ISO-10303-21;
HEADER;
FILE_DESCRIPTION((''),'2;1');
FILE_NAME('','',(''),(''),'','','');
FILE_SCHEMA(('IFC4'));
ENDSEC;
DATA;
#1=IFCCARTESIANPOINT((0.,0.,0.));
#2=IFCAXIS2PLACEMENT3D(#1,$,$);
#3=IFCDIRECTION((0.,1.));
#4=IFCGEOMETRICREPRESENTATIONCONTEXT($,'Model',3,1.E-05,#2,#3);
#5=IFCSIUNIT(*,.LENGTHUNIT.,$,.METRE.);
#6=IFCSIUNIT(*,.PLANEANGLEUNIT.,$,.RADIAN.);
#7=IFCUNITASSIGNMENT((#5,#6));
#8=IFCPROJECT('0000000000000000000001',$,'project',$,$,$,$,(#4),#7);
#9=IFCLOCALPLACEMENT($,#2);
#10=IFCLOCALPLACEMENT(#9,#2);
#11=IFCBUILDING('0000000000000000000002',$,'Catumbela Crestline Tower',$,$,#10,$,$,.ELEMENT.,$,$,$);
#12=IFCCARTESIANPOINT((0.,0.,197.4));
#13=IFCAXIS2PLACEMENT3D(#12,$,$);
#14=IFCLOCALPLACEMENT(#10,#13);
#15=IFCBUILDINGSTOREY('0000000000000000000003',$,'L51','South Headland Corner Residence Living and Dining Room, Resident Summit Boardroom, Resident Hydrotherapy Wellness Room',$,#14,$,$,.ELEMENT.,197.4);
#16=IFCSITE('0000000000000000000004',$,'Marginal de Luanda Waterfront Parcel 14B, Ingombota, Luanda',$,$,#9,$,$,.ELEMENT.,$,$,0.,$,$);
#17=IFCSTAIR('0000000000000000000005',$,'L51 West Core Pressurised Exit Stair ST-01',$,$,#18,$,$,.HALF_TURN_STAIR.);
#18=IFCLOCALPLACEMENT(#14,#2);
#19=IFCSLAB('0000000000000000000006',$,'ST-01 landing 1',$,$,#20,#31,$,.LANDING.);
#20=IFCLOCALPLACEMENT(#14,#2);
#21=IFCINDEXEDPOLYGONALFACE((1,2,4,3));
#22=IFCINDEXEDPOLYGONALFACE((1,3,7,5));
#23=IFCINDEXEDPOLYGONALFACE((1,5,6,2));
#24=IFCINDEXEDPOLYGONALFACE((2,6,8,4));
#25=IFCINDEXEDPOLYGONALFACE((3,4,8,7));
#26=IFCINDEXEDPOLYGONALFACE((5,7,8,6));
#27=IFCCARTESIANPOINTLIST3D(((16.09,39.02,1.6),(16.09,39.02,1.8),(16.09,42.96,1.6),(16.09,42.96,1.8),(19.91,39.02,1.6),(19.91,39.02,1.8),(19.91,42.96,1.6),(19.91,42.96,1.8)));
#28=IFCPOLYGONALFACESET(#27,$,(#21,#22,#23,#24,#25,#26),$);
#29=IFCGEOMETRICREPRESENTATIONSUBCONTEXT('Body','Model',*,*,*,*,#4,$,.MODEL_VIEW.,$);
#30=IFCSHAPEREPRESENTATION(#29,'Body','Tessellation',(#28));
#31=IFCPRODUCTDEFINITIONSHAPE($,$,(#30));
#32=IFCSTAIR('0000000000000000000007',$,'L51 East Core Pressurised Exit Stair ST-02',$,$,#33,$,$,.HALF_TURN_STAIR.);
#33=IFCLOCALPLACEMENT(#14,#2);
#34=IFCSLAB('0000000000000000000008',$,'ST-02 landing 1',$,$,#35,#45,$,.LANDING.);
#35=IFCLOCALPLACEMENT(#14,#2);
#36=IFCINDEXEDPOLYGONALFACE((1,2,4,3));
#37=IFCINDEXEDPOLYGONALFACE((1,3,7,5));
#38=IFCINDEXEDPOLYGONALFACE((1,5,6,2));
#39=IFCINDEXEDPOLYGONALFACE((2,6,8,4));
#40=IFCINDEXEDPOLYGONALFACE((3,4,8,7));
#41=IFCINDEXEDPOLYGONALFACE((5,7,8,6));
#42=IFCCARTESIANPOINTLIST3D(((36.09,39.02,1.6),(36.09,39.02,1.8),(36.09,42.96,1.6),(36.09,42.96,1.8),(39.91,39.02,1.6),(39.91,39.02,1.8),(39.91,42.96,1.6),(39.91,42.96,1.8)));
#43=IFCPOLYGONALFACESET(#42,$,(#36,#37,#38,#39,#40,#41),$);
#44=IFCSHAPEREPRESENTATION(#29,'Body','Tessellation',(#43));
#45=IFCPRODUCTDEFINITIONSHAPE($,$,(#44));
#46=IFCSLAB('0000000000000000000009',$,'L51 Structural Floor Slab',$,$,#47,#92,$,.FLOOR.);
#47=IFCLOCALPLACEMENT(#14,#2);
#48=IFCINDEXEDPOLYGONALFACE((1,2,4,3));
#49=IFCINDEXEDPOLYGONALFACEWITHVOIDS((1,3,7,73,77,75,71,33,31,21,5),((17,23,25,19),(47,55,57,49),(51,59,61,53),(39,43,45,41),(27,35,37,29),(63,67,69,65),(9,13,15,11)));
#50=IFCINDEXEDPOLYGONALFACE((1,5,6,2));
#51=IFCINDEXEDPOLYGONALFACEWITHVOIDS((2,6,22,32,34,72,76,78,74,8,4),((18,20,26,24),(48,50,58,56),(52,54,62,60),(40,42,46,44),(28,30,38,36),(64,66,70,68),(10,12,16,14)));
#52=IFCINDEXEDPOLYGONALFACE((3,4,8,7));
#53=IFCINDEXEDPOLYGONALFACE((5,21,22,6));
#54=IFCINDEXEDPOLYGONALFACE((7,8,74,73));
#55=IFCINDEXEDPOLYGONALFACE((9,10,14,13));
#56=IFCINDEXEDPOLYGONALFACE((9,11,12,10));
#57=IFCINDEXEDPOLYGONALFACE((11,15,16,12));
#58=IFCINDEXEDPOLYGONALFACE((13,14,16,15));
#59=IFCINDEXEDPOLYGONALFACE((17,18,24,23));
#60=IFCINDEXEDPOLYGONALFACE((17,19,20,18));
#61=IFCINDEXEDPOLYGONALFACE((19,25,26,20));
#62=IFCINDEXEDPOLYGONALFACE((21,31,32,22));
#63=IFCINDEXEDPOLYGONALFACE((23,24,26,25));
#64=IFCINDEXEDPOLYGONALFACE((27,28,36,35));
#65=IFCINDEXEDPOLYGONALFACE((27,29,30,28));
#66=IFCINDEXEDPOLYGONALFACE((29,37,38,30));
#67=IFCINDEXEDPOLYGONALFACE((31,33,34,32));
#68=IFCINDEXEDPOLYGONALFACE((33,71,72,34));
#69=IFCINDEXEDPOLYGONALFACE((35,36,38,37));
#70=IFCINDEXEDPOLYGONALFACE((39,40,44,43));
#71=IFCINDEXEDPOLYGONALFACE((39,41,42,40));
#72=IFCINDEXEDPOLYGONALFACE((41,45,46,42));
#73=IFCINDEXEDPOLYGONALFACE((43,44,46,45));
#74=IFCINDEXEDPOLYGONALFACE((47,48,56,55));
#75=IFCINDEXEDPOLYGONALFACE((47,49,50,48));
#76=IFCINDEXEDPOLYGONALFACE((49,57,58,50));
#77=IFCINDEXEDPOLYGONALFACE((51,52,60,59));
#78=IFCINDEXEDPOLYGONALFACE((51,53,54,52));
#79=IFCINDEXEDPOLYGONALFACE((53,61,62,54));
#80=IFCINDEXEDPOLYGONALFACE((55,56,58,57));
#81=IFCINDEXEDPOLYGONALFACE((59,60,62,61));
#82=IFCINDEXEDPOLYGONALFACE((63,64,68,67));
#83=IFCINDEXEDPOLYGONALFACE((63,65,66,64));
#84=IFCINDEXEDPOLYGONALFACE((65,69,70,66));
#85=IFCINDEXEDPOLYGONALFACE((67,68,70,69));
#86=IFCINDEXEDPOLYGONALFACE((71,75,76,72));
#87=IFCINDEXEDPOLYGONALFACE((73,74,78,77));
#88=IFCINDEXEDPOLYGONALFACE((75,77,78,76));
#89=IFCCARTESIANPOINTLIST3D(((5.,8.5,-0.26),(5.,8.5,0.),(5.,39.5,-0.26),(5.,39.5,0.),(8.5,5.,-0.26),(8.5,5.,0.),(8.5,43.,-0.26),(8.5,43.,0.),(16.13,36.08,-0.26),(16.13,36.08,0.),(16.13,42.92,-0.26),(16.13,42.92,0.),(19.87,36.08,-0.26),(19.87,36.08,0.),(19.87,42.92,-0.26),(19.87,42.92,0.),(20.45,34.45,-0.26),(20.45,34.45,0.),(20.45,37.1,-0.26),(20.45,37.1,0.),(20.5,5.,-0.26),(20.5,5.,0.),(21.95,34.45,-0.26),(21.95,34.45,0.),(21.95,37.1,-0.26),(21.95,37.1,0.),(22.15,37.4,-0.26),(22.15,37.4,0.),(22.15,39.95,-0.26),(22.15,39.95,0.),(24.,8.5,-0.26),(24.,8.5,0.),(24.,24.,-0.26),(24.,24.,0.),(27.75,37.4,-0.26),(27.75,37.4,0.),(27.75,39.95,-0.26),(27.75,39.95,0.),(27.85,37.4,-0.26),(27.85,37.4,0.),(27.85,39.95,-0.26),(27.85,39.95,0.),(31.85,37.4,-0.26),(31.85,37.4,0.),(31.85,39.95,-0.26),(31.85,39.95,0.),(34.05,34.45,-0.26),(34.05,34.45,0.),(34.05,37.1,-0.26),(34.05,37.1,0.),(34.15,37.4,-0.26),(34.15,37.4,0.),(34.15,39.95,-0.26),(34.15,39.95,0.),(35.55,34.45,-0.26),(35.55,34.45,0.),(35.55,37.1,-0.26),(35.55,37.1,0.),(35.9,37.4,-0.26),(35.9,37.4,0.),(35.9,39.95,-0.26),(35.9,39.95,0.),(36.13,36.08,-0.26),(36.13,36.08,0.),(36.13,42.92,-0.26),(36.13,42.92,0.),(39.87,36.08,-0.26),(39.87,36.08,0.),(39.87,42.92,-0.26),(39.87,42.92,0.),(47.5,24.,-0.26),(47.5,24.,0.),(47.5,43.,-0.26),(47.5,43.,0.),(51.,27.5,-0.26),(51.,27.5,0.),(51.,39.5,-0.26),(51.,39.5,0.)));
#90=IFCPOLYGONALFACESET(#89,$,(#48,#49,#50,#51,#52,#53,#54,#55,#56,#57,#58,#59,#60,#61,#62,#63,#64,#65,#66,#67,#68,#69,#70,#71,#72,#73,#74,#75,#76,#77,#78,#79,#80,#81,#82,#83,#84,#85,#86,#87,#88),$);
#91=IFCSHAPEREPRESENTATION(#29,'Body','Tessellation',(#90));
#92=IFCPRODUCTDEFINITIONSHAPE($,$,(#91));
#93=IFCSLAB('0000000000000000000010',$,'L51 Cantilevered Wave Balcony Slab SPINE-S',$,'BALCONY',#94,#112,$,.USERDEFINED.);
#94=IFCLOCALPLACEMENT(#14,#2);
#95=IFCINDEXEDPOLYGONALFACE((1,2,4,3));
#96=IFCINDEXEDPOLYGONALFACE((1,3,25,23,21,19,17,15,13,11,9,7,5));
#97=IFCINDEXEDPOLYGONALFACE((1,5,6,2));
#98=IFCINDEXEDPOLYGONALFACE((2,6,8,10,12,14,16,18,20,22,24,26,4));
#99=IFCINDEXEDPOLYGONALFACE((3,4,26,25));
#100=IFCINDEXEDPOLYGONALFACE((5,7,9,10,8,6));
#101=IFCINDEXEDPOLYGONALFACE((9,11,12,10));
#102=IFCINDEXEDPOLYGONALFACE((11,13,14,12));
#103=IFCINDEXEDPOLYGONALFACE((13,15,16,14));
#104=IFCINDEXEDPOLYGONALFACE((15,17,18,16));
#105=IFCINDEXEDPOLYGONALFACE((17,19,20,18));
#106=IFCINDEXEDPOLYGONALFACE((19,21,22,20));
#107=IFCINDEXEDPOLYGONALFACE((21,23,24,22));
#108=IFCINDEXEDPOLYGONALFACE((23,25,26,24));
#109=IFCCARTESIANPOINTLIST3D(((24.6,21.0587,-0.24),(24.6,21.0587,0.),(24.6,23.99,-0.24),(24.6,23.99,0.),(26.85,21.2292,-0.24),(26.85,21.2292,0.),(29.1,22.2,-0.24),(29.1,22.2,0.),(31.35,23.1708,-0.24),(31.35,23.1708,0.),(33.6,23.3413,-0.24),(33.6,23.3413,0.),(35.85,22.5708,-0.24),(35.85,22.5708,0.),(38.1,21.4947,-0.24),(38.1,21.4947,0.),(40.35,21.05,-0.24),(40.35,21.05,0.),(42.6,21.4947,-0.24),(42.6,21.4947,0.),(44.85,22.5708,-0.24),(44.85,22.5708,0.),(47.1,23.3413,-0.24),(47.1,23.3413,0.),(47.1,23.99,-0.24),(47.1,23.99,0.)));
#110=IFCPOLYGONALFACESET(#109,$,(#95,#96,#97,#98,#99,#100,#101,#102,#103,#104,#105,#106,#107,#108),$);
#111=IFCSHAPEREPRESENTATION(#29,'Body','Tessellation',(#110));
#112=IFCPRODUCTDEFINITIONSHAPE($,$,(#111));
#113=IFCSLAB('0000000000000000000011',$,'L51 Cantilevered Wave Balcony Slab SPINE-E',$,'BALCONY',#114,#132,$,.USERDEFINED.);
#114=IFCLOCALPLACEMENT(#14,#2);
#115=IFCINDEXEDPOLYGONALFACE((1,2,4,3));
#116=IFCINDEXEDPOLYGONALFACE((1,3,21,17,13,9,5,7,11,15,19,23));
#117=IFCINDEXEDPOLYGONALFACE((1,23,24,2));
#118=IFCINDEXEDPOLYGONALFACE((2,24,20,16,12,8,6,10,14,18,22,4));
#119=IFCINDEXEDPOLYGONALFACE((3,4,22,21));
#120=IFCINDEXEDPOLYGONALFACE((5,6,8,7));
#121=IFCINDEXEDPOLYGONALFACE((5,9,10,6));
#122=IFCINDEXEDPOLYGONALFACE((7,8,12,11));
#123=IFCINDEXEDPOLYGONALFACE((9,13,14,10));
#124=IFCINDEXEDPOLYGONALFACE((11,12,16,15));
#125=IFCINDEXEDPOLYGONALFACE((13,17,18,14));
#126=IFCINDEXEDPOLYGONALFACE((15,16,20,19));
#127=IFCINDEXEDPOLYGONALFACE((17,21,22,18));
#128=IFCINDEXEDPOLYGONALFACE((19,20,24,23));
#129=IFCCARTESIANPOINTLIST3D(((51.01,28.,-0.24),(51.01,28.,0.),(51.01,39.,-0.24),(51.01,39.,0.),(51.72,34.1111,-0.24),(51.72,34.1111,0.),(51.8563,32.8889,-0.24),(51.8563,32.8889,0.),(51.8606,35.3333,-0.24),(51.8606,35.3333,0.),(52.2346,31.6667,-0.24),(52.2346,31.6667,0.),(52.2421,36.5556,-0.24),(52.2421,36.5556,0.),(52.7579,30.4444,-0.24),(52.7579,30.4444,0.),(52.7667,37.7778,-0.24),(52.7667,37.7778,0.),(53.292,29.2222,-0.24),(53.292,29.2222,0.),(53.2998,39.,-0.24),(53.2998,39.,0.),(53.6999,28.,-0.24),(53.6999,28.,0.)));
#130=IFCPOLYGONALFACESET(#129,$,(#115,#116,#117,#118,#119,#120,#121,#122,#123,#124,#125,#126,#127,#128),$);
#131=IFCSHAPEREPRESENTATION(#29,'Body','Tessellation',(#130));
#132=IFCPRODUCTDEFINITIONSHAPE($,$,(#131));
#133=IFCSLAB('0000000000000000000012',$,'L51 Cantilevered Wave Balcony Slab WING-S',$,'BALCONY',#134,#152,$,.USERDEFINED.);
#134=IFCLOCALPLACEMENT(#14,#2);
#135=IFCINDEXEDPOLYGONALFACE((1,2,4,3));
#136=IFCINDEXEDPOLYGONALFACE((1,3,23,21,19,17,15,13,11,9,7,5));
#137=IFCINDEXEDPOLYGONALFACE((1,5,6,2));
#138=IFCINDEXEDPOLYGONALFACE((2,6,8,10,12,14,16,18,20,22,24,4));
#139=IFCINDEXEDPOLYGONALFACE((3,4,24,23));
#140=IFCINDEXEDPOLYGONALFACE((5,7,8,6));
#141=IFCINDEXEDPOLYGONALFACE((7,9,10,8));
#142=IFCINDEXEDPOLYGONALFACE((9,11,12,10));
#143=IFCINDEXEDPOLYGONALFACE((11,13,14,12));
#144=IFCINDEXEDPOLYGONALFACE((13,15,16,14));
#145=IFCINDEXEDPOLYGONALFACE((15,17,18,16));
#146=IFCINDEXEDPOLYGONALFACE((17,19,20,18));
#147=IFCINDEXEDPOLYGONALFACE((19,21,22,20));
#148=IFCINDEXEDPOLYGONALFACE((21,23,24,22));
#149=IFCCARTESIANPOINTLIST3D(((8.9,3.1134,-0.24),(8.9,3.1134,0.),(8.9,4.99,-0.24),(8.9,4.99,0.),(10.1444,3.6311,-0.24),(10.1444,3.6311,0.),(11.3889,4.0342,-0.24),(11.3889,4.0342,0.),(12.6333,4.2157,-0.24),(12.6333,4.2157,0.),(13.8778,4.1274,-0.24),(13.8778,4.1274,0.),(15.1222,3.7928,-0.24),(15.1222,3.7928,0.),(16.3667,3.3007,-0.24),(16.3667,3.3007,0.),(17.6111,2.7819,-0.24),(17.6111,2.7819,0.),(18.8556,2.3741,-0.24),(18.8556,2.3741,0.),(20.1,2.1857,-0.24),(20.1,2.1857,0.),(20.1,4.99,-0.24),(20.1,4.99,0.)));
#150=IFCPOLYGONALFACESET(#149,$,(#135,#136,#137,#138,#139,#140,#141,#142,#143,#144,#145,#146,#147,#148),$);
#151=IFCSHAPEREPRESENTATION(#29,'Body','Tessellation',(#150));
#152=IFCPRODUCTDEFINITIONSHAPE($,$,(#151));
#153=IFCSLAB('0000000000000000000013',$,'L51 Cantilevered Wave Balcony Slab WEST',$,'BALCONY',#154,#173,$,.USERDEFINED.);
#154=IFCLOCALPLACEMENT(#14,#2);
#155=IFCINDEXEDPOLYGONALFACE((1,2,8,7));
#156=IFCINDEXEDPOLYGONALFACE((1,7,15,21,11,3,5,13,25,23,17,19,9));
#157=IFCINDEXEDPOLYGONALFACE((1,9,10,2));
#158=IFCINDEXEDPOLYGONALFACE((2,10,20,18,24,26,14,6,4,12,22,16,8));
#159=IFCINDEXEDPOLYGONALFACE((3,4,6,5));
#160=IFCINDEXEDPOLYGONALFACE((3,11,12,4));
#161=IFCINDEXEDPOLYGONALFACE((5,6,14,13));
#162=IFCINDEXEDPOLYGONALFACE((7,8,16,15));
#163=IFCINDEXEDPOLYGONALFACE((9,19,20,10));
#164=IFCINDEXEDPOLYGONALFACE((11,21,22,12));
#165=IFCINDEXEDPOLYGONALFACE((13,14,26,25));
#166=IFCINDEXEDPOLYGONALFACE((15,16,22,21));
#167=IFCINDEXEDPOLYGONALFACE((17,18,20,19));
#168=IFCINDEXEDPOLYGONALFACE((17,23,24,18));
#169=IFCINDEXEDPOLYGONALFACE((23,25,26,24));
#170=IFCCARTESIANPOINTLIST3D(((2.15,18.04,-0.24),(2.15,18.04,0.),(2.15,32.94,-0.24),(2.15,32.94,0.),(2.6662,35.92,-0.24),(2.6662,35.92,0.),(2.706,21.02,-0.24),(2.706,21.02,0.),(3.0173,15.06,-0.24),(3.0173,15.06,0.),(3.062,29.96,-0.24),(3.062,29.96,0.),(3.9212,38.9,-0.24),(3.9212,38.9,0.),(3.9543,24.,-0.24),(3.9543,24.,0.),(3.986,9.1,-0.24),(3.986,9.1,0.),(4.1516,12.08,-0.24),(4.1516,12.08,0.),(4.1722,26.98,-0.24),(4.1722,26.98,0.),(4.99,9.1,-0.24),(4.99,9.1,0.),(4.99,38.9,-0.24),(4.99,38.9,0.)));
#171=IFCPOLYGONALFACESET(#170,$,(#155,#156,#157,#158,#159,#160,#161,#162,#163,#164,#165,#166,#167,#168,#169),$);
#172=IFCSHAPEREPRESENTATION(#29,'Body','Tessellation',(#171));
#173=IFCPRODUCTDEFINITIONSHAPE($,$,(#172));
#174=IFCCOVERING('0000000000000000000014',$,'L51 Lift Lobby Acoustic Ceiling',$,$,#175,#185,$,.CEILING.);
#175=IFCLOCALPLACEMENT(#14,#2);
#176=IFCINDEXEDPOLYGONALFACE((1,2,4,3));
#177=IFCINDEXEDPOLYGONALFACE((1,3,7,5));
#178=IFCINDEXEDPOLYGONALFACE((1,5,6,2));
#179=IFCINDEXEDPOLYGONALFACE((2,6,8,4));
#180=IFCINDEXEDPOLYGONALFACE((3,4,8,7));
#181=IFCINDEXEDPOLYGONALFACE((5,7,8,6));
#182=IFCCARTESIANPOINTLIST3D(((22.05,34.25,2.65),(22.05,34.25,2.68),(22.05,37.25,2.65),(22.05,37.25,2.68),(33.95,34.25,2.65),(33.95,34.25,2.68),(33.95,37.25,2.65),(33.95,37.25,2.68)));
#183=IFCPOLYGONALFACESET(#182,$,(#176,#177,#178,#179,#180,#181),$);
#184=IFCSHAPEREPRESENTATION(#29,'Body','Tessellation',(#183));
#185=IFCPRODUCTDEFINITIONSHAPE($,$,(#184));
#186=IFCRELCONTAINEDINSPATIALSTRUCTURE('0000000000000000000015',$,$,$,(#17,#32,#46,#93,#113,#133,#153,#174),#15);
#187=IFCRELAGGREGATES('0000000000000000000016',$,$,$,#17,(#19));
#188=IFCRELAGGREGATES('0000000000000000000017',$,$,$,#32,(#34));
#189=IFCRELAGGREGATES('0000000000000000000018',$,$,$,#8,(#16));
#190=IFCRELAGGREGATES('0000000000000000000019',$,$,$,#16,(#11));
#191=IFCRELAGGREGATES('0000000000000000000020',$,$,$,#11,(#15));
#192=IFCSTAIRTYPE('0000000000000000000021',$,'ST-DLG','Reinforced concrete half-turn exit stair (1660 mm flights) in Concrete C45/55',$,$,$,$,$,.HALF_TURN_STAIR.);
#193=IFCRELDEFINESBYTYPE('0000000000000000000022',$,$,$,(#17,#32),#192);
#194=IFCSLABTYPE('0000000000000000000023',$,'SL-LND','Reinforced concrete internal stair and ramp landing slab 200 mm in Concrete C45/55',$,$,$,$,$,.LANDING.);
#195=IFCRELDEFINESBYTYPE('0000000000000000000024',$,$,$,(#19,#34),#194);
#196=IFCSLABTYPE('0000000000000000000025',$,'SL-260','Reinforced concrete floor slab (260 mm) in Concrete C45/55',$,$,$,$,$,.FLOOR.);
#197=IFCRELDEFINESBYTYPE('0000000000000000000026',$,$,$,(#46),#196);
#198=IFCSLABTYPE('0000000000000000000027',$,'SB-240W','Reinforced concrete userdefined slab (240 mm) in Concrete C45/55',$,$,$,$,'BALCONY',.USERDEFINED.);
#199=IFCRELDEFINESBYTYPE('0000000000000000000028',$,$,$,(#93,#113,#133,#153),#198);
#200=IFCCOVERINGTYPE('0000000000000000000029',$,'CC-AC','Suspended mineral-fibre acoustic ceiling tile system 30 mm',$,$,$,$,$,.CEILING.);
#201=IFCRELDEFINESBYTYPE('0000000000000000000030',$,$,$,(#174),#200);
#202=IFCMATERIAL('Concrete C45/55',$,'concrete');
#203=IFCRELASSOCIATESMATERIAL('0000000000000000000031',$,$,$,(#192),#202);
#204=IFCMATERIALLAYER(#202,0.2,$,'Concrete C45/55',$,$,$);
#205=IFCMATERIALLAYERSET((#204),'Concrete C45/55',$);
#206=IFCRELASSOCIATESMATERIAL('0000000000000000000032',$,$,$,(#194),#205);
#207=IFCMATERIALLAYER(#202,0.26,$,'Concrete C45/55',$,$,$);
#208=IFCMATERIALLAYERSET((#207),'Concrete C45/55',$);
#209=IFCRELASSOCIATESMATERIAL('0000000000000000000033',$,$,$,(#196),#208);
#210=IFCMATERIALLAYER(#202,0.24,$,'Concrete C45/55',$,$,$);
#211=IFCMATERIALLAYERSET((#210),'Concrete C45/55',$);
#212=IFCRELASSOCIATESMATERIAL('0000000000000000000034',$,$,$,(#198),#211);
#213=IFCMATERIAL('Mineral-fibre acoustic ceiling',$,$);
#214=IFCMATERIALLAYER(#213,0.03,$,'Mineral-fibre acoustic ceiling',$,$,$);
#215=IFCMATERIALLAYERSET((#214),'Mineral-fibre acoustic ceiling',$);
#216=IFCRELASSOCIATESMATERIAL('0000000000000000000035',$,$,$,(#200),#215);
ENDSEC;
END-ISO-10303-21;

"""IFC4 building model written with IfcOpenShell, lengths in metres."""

from ifc_helpers import new_model, si_unit, direction, frame, origin, place, context, subcontext, project, spatial, polyline, outline, extrude, material, layer, layer_set, type_object, element, aggregate, save


model = new_model("IFC4")

# Units and contexts
model_context = context("Model", 3, precision=1e-05, world=origin(), true_north=direction((0.0, 1.0)))
body_context = subcontext(model_context, "Body", "Model", "MODEL_VIEW")
ifc_project = project(units=[si_unit("LENGTHUNIT", "METRE"), si_unit("PLANEANGLEUNIT", "RADIAN")], contexts=[model_context])

# Site, building, storey
site_placement = place(None, origin())
site = spatial("IfcSite", under=ifc_project, at=site_placement, Name="Marginal de Luanda Waterfront Parcel 14B, Ingombota, Luanda", CompositionType="ELEMENT", RefElevation=0.0)
building_placement = place(site_placement, origin())
building = spatial("IfcBuilding", under=site, at=building_placement, Name="Catumbela Crestline Tower", CompositionType="ELEMENT")
storey_placement = place(building_placement, frame((0.0, 0.0, 197.4)))
storey = spatial("IfcBuildingStorey", under=building, at=storey_placement, Name="L51", Description="South Headland Corner Residence Living and Dining Room, Resident Summit Boardroom, Resident Hydrotherapy Wellness Room", CompositionType="ELEMENT", Elevation=197.4)

# Stairs, slabs
ifc_material_1 = material(Name="Concrete C45/55", Category="concrete")
stair_type = type_object("IfcStairType", Name="ST-DLG", Description="Reinforced concrete half-turn exit stair (1660 mm flights) in Concrete C45/55", PredefinedType="HALF_TURN_STAIR", material=ifc_material_1)
stair_1_placement = place(storey_placement, origin())
stair_1 = element("IfcStair", 1, at=stair_1_placement, inside=storey, type_object=stair_type, Name="L51 West Core Pressurised Exit Stair ST-01", PredefinedType="HALF_TURN_STAIR")
ifc_layer_1 = layer(ifc_material_1, 0.2, Name="Concrete C45/55")
ifc_layer_set_1 = layer_set([ifc_layer_1], Name="Concrete C45/55")
slab_type_1 = type_object("IfcSlabType", Name="SL-LND", Description="Reinforced concrete internal stair and ramp landing slab 200 mm in Concrete C45/55", PredefinedType="LANDING", material=ifc_layer_set_1)
slab_1_placement = place(storey_placement, frame((0.0, 0.0, 1.6)))
slab_1 = element("IfcSlab", 2, at=slab_1_placement, type_object=slab_type_1, Name="ST-01 landing 1", PredefinedType="LANDING", context=body_context, shape_type="SweptSolid", body=[
    extrude(outline(polyline([(19.91, 39.02), (19.91, 42.96), (16.09, 42.96), (16.09, 39.02), (19.91, 39.02)])), origin(), (0.0, 0.0, 1.0), 0.2),
])
aggregate(stair_1, [slab_1])
stair_2_placement = place(storey_placement, origin())
stair_2 = element("IfcStair", 3, at=stair_2_placement, inside=storey, type_object=stair_type, Name="L51 East Core Pressurised Exit Stair ST-02", PredefinedType="HALF_TURN_STAIR")
slab_2_placement = place(storey_placement, frame((0.0, 0.0, 1.6)))
slab_2 = element("IfcSlab", 4, at=slab_2_placement, type_object=slab_type_1, Name="ST-02 landing 1", PredefinedType="LANDING", context=body_context, shape_type="SweptSolid", body=[
    extrude(outline(polyline([(39.91, 39.02), (39.91, 42.96), (36.09, 42.96), (36.09, 39.02), (39.91, 39.02)])), origin(), (0.0, 0.0, 1.0), 0.2),
])
aggregate(stair_2, [slab_2])

# Slabs
ifc_layer_2 = layer(ifc_material_1, 0.26, Name="Concrete C45/55")
ifc_layer_set_2 = layer_set([ifc_layer_2], Name="Concrete C45/55")
slab_type_2 = type_object("IfcSlabType", Name="SL-260", Description="Reinforced concrete floor slab (260 mm) in Concrete C45/55", PredefinedType="FLOOR", material=ifc_layer_set_2)
slab_3_placement = place(storey_placement, frame((0.0, 0.0, -0.26)))
element("IfcSlab", 5, at=slab_3_placement, inside=storey, type_object=slab_type_2, Name="L51 Structural Floor Slab", PredefinedType="FLOOR", context=body_context, shape_type="SweptSolid", body=[
    extrude(outline(polyline([(8.5, 5.0), (20.5, 5.0), (24.0, 8.5), (24.0, 24.0), (47.5, 24.0), (51.0, 27.5), (51.0, 39.5), (47.5, 43.0), (8.5, 43.0), (5.0, 39.5), (5.0, 8.5), (8.5, 5.0)]), holes=[polyline([(16.13, 36.08), (19.87, 36.08), (19.87, 42.92), (16.13, 42.92), (16.13, 36.08)]), polyline([(36.13, 36.08), (39.87, 36.08), (39.87, 42.92), (36.13, 42.92), (36.13, 36.08)]), polyline([(22.15, 37.4), (27.75, 37.4), (27.75, 39.95), (22.15, 39.95), (22.15, 37.4)]), polyline([(27.85, 37.4), (31.85, 37.4), (31.85, 39.95), (27.85, 39.95), (27.85, 37.4)]), polyline([(20.45, 34.45), (21.95, 34.45), (21.95, 37.1), (20.45, 37.1), (20.45, 34.45)]), polyline([(34.05, 34.45), (35.55, 34.45), (35.55, 37.1), (34.05, 37.1), (34.05, 34.45)]), polyline([(34.15, 37.4), (35.9, 37.4), (35.9, 39.95), (34.15, 39.95), (34.15, 37.4)])]), origin(), (0.0, 0.0, 1.0), 0.26),
])
ifc_layer_3 = layer(ifc_material_1, 0.24, Name="Concrete C45/55")
ifc_layer_set_3 = layer_set([ifc_layer_3], Name="Concrete C45/55")
slab_type_3 = type_object("IfcSlabType", Name="SB-240W", Description="Reinforced concrete userdefined slab (240 mm) in Concrete C45/55", ElementType="BALCONY", PredefinedType="USERDEFINED", material=ifc_layer_set_3)
slab_4_placement = place(storey_placement, frame((0.0, 0.0, -0.24)))
element("IfcSlab", 6, at=slab_4_placement, inside=storey, type_object=slab_type_3, Name="L51 Cantilevered Wave Balcony Slab SPINE-S", ObjectType="BALCONY", PredefinedType="USERDEFINED", context=body_context, shape_type="SweptSolid", body=[
    extrude(outline(polyline([(24.6, 21.0587), (26.85, 21.2292), (29.1, 22.2), (31.35, 23.1708), (33.6, 23.3413), (35.85, 22.5708), (38.1, 21.4947), (40.35, 21.05), (42.6, 21.4947), (44.85, 22.5708), (47.1, 23.3413), (47.1, 23.99), (24.6, 23.99), (24.6, 21.0587)])), origin(), (0.0, 0.0, 1.0), 0.24),
])
slab_5_placement = place(storey_placement, frame((0.0, 0.0, -0.24)))
element("IfcSlab", 7, at=slab_5_placement, inside=storey, type_object=slab_type_3, Name="L51 Cantilevered Wave Balcony Slab SPINE-E", ObjectType="BALCONY", PredefinedType="USERDEFINED", context=body_context, shape_type="SweptSolid", body=[
    extrude(outline(polyline([(51.01, 28.0), (53.6999, 28.0), (53.292, 29.2222), (52.7579, 30.4444), (52.2346, 31.6667), (51.8563, 32.8889), (51.72, 34.1111), (51.8606, 35.3333), (52.2421, 36.5556), (52.7667, 37.7778), (53.2998, 39.0), (51.01, 39.0), (51.01, 28.0)])), origin(), (0.0, 0.0, 1.0), 0.24),
])
slab_6_placement = place(storey_placement, frame((0.0, 0.0, -0.24)))
element("IfcSlab", 8, at=slab_6_placement, inside=storey, type_object=slab_type_3, Name="L51 Cantilevered Wave Balcony Slab WING-S", ObjectType="BALCONY", PredefinedType="USERDEFINED", context=body_context, shape_type="SweptSolid", body=[
    extrude(outline(polyline([(8.9, 3.1134), (10.1444, 3.6311), (11.3889, 4.0342), (12.6333, 4.2157), (13.8778, 4.1274), (15.1222, 3.7928), (16.3667, 3.3007), (17.6111, 2.7819), (18.8556, 2.3741), (20.1, 2.1857), (20.1, 4.99), (8.9, 4.99), (8.9, 3.1134)])), origin(), (0.0, 0.0, 1.0), 0.24),
])
slab_7_placement = place(storey_placement, frame((0.0, 0.0, -0.24)))
element("IfcSlab", 9, at=slab_7_placement, inside=storey, type_object=slab_type_3, Name="L51 Cantilevered Wave Balcony Slab WEST", ObjectType="BALCONY", PredefinedType="USERDEFINED", context=body_context, shape_type="SweptSolid", body=[
    extrude(outline(polyline([(4.99, 38.9), (3.9212, 38.9), (2.6662, 35.92), (2.15, 32.94), (3.062, 29.96), (4.1722, 26.98), (3.9543, 24.0), (2.706, 21.02), (2.15, 18.04), (3.0173, 15.06), (4.1516, 12.08), (3.986, 9.1), (4.99, 9.1), (4.99, 38.9)])), origin(), (0.0, 0.0, 1.0), 0.24),
])

# Covering
ifc_material_2 = material(Name="Mineral-fibre acoustic ceiling")
ifc_layer_4 = layer(ifc_material_2, 0.03, Name="Mineral-fibre acoustic ceiling")
ifc_layer_set_4 = layer_set([ifc_layer_4], Name="Mineral-fibre acoustic ceiling")
covering_type_1 = type_object("IfcCoveringType", Name="CC-AC", Description="Suspended mineral-fibre acoustic ceiling tile system 30 mm", PredefinedType="CEILING", material=ifc_layer_set_4)
covering_1_placement = place(storey_placement, frame((0.0, 0.0, 2.65)))
element("IfcCovering", 10, at=covering_1_placement, inside=storey, type_object=covering_type_1, Name="L51 Lift Lobby Acoustic Ceiling", PredefinedType="CEILING", context=body_context, shape_type="SweptSolid", body=[
    extrude(outline(polyline([(22.05, 34.25), (33.95, 34.25), (33.95, 37.25), (22.05, 37.25), (22.05, 34.25)])), origin(), (0.0, 0.0, 1.0), 0.03),
])

save(model, "model.ifc")
